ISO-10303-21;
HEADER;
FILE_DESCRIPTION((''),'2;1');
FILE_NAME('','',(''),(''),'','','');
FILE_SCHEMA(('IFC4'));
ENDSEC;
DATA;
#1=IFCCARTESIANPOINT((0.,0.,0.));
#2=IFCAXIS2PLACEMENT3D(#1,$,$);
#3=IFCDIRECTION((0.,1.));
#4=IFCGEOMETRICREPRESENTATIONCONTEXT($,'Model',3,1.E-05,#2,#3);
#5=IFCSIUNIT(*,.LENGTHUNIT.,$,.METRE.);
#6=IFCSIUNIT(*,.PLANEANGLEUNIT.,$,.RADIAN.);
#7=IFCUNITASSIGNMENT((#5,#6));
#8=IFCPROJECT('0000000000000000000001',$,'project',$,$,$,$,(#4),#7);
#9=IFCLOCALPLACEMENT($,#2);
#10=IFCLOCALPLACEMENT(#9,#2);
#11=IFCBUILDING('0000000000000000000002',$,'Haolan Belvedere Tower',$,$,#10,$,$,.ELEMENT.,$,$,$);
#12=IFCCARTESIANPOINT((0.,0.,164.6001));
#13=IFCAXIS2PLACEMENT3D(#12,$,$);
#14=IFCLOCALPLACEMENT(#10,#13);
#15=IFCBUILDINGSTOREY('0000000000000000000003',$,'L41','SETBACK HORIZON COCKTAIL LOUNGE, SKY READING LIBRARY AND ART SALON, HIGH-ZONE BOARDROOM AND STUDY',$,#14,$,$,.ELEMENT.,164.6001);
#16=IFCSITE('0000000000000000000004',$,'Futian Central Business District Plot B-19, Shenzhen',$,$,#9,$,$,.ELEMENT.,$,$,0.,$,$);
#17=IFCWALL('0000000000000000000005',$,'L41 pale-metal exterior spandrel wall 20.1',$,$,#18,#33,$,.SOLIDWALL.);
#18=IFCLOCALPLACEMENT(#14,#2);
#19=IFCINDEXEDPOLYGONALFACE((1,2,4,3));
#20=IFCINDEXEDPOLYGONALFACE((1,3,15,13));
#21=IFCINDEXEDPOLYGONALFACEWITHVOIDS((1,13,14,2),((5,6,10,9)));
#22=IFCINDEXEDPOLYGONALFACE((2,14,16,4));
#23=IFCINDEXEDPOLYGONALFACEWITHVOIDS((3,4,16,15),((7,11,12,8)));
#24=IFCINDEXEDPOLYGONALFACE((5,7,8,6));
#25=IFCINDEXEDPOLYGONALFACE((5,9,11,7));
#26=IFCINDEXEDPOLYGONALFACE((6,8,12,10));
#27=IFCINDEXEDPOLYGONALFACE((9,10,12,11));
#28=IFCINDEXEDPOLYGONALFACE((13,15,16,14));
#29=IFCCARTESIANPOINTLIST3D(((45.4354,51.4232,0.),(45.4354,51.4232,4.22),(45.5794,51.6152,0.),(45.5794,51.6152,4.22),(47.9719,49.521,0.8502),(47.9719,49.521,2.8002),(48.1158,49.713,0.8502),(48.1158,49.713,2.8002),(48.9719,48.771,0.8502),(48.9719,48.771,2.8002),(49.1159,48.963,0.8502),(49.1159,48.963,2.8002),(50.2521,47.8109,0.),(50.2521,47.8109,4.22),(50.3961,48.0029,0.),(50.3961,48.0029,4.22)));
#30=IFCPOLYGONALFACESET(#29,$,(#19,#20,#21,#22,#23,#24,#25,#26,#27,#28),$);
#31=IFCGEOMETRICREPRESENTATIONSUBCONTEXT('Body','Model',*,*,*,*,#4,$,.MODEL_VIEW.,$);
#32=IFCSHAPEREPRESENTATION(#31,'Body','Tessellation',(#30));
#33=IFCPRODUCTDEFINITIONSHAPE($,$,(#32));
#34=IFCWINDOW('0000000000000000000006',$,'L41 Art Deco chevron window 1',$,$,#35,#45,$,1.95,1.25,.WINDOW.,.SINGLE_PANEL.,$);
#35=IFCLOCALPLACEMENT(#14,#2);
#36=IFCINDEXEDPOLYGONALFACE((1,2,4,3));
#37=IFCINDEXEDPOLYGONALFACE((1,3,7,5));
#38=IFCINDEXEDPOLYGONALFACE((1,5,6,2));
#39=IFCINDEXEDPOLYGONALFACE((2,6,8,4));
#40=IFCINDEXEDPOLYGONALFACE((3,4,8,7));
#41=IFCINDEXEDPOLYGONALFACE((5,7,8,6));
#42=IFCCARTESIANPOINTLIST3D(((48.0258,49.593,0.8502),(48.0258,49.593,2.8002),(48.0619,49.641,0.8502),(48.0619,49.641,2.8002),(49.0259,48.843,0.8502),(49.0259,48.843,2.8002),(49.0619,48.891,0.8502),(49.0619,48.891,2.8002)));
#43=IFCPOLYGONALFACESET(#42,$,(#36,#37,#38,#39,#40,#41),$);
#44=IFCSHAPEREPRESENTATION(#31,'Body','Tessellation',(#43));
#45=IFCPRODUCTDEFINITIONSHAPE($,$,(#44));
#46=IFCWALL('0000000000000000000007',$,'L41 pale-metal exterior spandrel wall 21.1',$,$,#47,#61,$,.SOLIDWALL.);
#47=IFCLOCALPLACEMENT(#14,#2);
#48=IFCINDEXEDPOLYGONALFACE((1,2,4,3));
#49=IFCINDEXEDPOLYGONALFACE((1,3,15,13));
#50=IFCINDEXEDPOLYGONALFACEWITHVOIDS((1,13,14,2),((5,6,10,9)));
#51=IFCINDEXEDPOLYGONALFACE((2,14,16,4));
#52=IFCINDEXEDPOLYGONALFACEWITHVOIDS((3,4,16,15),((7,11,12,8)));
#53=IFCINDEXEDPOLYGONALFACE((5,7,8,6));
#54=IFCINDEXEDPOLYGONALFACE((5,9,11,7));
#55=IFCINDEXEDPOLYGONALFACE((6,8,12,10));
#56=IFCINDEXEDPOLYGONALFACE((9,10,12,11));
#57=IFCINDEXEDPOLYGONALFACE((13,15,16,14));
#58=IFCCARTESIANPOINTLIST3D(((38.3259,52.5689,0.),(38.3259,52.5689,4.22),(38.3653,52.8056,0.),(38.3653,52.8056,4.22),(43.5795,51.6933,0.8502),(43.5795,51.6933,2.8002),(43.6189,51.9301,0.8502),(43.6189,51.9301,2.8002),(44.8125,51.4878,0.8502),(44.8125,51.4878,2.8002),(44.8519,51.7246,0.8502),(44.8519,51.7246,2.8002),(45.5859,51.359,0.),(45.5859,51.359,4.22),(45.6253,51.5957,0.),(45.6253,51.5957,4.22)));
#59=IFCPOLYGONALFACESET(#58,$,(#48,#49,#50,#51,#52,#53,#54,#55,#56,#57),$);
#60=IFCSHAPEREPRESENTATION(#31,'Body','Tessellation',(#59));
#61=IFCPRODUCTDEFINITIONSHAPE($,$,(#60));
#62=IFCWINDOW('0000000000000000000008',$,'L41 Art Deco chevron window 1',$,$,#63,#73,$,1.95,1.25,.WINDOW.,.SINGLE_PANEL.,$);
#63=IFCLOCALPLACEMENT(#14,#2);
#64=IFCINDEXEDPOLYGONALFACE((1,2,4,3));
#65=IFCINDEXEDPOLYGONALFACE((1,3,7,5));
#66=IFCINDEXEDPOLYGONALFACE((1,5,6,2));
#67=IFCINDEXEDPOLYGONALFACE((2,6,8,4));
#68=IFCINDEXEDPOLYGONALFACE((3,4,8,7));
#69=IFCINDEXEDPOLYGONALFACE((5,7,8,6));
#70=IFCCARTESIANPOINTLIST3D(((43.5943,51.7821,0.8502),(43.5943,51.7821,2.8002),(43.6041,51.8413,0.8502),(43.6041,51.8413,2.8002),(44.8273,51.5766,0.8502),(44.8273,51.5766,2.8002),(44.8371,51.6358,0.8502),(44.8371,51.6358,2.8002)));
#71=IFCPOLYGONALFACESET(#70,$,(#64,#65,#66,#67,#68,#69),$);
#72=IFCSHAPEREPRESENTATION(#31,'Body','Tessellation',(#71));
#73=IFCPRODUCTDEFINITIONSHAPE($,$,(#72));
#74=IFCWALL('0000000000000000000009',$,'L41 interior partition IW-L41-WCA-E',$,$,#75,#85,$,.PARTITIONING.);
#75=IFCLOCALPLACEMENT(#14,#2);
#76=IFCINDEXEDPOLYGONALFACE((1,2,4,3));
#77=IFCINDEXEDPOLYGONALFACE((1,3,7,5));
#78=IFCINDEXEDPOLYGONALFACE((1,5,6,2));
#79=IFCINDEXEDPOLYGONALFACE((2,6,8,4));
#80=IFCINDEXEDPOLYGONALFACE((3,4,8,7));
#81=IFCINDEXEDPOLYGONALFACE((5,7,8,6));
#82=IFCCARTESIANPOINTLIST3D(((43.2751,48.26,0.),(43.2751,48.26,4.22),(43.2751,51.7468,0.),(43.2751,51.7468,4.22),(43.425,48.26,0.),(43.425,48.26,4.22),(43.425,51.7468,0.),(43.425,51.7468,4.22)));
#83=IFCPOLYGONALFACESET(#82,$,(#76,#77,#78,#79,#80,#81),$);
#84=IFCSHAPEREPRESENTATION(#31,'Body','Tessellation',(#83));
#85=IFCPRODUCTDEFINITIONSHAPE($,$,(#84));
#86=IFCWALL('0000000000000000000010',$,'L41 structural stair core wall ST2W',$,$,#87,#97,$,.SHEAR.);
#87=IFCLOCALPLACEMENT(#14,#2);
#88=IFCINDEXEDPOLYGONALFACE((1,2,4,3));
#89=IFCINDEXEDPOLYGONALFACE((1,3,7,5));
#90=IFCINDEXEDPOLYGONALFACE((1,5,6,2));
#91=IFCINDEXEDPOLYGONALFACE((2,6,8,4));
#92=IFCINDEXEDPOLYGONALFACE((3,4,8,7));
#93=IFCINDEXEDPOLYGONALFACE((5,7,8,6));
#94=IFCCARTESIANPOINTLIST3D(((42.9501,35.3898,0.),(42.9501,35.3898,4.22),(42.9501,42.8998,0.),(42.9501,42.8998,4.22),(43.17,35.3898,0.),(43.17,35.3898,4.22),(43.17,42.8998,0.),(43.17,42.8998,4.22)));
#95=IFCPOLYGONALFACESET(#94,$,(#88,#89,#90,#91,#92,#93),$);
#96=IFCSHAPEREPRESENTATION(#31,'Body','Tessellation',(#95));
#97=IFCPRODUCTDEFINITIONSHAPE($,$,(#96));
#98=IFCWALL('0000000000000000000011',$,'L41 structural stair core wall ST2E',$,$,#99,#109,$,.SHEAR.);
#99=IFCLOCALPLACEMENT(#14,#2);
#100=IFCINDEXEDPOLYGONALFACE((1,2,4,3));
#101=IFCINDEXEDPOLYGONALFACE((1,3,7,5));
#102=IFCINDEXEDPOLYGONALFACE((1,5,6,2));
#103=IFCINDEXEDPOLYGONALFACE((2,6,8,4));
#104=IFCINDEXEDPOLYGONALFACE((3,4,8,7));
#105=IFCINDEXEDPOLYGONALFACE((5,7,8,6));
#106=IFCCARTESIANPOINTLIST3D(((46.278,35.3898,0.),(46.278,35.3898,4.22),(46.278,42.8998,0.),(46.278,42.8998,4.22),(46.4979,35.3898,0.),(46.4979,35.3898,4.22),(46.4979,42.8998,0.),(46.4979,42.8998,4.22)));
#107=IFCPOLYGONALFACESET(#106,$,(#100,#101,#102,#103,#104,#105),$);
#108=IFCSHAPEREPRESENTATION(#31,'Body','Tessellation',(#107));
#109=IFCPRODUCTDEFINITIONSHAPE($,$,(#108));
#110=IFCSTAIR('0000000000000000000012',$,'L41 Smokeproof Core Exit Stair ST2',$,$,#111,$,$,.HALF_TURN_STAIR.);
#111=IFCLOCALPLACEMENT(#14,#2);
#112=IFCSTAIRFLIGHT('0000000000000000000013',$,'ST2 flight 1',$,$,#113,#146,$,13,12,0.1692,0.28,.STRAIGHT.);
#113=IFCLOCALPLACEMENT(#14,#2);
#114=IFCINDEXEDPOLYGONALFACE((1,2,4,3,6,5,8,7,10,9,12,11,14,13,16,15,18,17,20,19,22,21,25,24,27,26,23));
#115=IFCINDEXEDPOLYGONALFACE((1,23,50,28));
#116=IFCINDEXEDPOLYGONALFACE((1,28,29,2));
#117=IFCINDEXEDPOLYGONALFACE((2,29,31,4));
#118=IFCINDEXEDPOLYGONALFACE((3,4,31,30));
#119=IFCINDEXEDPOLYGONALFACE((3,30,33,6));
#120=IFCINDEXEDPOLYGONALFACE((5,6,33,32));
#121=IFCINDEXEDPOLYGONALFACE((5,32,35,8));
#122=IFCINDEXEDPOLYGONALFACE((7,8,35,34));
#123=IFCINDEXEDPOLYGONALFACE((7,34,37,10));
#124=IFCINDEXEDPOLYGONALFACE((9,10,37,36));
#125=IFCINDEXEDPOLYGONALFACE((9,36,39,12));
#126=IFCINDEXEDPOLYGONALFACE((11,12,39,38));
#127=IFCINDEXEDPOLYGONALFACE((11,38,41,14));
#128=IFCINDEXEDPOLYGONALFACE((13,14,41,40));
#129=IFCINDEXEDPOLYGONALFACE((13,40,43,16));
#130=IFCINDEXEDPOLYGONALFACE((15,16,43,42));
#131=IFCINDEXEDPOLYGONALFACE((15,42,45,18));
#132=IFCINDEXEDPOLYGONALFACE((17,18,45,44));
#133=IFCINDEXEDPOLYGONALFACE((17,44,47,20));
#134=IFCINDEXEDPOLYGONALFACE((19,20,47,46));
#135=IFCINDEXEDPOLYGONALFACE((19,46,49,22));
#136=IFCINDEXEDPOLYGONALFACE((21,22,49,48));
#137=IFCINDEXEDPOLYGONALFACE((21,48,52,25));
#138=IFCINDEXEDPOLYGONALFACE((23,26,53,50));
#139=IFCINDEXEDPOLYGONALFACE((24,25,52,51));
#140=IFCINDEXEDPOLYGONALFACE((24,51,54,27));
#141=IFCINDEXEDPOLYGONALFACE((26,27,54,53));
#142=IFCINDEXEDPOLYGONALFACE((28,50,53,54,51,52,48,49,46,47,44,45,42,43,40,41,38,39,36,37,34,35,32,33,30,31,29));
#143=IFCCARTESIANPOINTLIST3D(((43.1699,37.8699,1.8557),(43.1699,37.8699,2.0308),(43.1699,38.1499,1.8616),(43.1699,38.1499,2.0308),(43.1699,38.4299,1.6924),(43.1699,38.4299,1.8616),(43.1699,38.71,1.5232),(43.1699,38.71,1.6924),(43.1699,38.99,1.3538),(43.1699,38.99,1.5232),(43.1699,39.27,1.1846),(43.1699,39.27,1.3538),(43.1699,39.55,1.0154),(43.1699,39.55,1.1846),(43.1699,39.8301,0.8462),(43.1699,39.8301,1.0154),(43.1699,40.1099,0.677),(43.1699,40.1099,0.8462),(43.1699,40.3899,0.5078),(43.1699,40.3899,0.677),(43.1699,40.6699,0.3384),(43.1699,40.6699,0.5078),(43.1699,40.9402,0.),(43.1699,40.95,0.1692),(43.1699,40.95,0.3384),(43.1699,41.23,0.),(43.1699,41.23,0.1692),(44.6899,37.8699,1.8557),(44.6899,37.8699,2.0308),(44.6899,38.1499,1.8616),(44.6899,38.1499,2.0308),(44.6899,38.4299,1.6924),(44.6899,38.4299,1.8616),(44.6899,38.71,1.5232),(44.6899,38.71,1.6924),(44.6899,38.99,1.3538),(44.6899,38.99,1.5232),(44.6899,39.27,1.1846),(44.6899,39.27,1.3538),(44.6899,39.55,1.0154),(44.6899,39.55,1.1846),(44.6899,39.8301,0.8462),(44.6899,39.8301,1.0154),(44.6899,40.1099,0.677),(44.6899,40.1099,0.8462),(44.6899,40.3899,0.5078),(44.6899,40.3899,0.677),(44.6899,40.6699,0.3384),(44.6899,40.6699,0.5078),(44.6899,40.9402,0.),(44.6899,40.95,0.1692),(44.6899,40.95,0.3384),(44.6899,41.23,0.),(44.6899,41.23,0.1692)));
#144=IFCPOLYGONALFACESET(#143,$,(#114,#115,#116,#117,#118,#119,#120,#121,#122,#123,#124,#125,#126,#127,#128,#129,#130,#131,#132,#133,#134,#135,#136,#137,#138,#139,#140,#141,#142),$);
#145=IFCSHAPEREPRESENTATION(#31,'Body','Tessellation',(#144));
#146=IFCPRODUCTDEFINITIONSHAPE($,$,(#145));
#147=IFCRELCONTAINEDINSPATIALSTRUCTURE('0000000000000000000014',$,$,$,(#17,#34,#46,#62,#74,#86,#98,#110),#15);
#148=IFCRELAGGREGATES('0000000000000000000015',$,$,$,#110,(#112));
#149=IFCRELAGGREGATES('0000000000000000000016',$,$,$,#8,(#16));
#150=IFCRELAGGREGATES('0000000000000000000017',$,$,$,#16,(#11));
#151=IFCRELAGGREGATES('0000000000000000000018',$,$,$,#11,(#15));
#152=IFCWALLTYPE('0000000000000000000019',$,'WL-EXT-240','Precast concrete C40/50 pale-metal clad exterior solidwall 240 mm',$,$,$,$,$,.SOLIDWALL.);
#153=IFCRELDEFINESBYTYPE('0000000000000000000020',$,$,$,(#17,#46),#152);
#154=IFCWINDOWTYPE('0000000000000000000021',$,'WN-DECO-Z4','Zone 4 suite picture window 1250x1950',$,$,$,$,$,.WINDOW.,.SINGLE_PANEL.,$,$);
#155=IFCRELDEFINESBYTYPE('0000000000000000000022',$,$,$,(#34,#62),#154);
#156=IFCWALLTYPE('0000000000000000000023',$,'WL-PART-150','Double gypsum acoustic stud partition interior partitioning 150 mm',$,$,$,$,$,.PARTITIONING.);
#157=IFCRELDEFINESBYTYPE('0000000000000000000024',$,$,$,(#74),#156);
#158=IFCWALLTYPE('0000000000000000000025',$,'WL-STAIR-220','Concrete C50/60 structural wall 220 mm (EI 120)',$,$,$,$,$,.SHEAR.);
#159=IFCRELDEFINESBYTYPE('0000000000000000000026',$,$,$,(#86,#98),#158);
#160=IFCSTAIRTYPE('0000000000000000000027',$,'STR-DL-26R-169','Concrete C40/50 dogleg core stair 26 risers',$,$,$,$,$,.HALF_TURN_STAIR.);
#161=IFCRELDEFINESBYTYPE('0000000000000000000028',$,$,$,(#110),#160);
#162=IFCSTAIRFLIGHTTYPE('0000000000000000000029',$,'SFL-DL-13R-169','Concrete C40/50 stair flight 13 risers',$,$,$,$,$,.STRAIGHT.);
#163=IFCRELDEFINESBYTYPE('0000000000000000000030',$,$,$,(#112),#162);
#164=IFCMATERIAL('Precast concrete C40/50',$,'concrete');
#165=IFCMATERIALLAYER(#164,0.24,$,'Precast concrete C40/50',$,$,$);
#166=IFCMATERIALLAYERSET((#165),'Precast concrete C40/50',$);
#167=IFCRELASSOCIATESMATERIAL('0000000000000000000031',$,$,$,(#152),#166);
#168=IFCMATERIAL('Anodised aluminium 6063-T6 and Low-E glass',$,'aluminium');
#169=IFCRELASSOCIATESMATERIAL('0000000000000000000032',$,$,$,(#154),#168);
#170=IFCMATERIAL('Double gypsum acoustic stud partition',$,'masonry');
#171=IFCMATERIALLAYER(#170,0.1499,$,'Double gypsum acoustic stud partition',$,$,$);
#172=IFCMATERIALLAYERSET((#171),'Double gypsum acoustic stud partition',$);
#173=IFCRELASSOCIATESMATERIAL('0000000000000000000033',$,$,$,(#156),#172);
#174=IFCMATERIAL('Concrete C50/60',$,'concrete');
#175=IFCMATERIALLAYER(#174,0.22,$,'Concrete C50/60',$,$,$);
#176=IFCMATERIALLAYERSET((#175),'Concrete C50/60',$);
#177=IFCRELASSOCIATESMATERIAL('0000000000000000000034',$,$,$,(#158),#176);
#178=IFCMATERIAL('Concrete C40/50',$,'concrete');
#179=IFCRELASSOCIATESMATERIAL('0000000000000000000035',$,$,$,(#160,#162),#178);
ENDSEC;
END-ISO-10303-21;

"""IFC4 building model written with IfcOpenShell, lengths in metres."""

from ifc_helpers import new_model, si_unit, direction, frame, frame_2d, origin, place, context, subcontext, project, spatial, polyline, rectangle, outline, extrude, material, layer, layer_set, type_object, element, fill, aggregate, save


model = new_model("IFC4")

# Units and contexts
model_context = context("Model", 3, precision=1e-05, world=origin(), true_north=direction((0.0, 1.0)))
body_context = subcontext(model_context, "Body", "Model", "MODEL_VIEW")
ifc_project = project(units=[si_unit("LENGTHUNIT", "METRE"), si_unit("PLANEANGLEUNIT", "RADIAN")], contexts=[model_context])

# Site, building, storey
site_placement = place(None, origin())
site = spatial("IfcSite", under=ifc_project, at=site_placement, Name="Futian Central Business District Plot B-19, Shenzhen", CompositionType="ELEMENT", RefElevation=0.0)
building_placement = place(site_placement, origin())
building = spatial("IfcBuilding", under=site, at=building_placement, Name="Haolan Belvedere Tower", CompositionType="ELEMENT")
storey_placement = place(building_placement, frame((0.0, 0.0, 164.6001)))
storey = spatial("IfcBuildingStorey", under=building, at=storey_placement, Name="L41", Description="SETBACK HORIZON COCKTAIL LOUNGE, SKY READING LIBRARY AND ART SALON, HIGH-ZONE BOARDROOM AND STUDY", CompositionType="ELEMENT", Elevation=164.6001)

# Shared definitions
ifc_material_1 = material(Name="Concrete C50/60", Category="concrete")

# Shared definitions
ifc_material_2 = material(Name="Precast concrete C40/50", Category="concrete")
ifc_layer_1 = layer(ifc_material_2, 0.24, Name="Precast concrete C40/50")
ifc_layer_set_1 = layer_set([ifc_layer_1], Name="Precast concrete C40/50")
wall_type_1 = type_object("IfcWallType", Name="WL-EXT-240", Description="Precast concrete C40/50 pale-metal clad exterior solidwall 240 mm", PredefinedType="SOLIDWALL", material=ifc_layer_set_1)

# Walls, openings, windows
wall_1_placement = place(storey_placement, frame((50.324, 47.907, 0.0), z_axis=(0.0, 0.0, 1.0), x_axis=(-0.800015, 0.599981, 0.0)))
wall_1 = element("IfcWall", 1, at=wall_1_placement, inside=storey, type_object=wall_type_1, Name="L41 pale-metal exterior spandrel wall 20.1", PredefinedType="SOLIDWALL", context=body_context, shape_type="SweptSolid", body=[
    extrude(rectangle(XDim=6.0208, YDim=0.24, at=frame_2d((3.0103, 0.0))), origin(), (0.0, 0.0, 1.0), 4.22),
])
opening_1_placement = place(wall_1_placement, frame((1.6001, 0.0, 0.8501)))
opening_1 = element("IfcOpeningElement", 2, at=opening_1_placement, cuts=wall_1, PredefinedType="OPENING", context=body_context, shape_type="SweptSolid", body=[
    extrude(rectangle(XDim=1.25, YDim=1.95, at=frame_2d((0.625, 0.9751))), frame((0.0, 0.1299, 0.0), z_axis=(0.0, -1.0, 0.0), x_axis=(1.0, 0.0, 0.0)), (0.0, 0.0, 1.0), 0.26),
])
ifc_material_3 = material(Name="Anodised aluminium 6063-T6 and Low-E glass", Category="aluminium")
window_type = type_object("IfcWindowType", Name="WN-DECO-Z4", Description="Zone 4 suite picture window 1250x1950", PartitioningType="SINGLE_PANEL", PredefinedType="WINDOW", material=ifc_material_3)
window_1_placement = place(opening_1_placement, origin())
window_1 = element("IfcWindow", 3, at=window_1_placement, inside=storey, type_object=window_type, Name="L41 Art Deco chevron window 1", OverallHeight=1.95, OverallWidth=1.25, PartitioningType="SINGLE_PANEL", PredefinedType="WINDOW", context=body_context, shape_type="SweptSolid", body=[
    extrude(rectangle(XDim=1.25, YDim=1.95, at=frame_2d((0.625, 0.9751))), frame((0.0, 0.03, 0.0), z_axis=(0.0, -1.0, 0.0), x_axis=(1.0, 0.0, 0.0)), (0.0, 0.0, 1.0), 0.0601),
])
fill(opening_1, window_1)
wall_2_placement = place(storey_placement, frame((45.6057, 51.4773, 0.0), z_axis=(0.0, 0.0, 1.0), x_axis=(-0.986395, 0.164394, 0.0)))
wall_2 = element("IfcWall", 4, at=wall_2_placement, inside=storey, type_object=wall_type_1, Name="L41 pale-metal exterior spandrel wall 21.1", PredefinedType="SOLIDWALL", context=body_context, shape_type="SweptSolid", body=[
    extrude(rectangle(XDim=7.3601, YDim=0.24, at=frame_2d((3.6802, 0.0))), origin(), (0.0, 0.0, 1.0), 4.22),
])
opening_2_placement = place(wall_2_placement, frame((0.7842, 0.0, 0.8501)))
opening_2 = element("IfcOpeningElement", 5, at=opening_2_placement, cuts=wall_2, PredefinedType="OPENING", context=body_context, shape_type="SweptSolid", body=[
    extrude(rectangle(XDim=1.25, YDim=1.95, at=frame_2d((0.625, 0.9751))), frame((0.0, 0.1299, 0.0), z_axis=(0.0, -1.0, 0.0), x_axis=(1.0, 0.0, 0.0)), (0.0, 0.0, 1.0), 0.26),
])
window_2_placement = place(opening_2_placement, origin())
window_2 = element("IfcWindow", 6, at=window_2_placement, inside=storey, type_object=window_type, Name="L41 Art Deco chevron window 1", OverallHeight=1.95, OverallWidth=1.25, PartitioningType="SINGLE_PANEL", PredefinedType="WINDOW", context=body_context, shape_type="SweptSolid", body=[
    extrude(rectangle(XDim=1.25, YDim=1.95, at=frame_2d((0.625, 0.9751))), frame((0.0, 0.03, 0.0), z_axis=(0.0, -1.0, 0.0), x_axis=(1.0, 0.0, 0.0)), (0.0, 0.0, 1.0), 0.0601),
])
fill(opening_2, window_2)

# Shared definitions
ifc_material_4 = material(Name="Concrete C40/50", Category="concrete")

# Walls
ifc_material_5 = material(Name="Double gypsum acoustic stud partition", Category="masonry")
ifc_layer_2 = layer(ifc_material_5, 0.1499, Name="Double gypsum acoustic stud partition")
ifc_layer_set_2 = layer_set([ifc_layer_2], Name="Double gypsum acoustic stud partition")
wall_type_2 = type_object("IfcWallType", Name="WL-PART-150", Description="Double gypsum acoustic stud partition interior partitioning 150 mm", PredefinedType="PARTITIONING", material=ifc_layer_set_2)
wall_3_placement = place(storey_placement, frame((43.3501, 48.26, 0.0), z_axis=(0.0, 0.0, 1.0), x_axis=(0.0, 1.0, 0.0)))
element("IfcWall", 7, at=wall_3_placement, inside=storey, type_object=wall_type_2, Name="L41 interior partition IW-L41-WCA-E", PredefinedType="PARTITIONING", context=body_context, shape_type="SweptSolid", body=[
    extrude(rectangle(XDim=3.4868, YDim=0.1499, at=frame_2d((1.7434, 0.0))), origin(), (0.0, 0.0, 1.0), 4.22),
])
ifc_layer_3 = layer(ifc_material_1, 0.22, Name="Concrete C50/60")
ifc_layer_set_3 = layer_set([ifc_layer_3], Name="Concrete C50/60")
wall_type_3 = type_object("IfcWallType", Name="WL-STAIR-220", Description="Concrete C50/60 structural wall 220 mm (EI 120)", PredefinedType="SHEAR", material=ifc_layer_set_3)
for number, where, z_axis, x_axis, name in (
    (8, (43.0601, 35.3899, 0.0), (0.0, 0.0, 1.0), (0.0, 1.0, 0.0), "L41 structural stair core wall ST2W"),
    (9, (46.3879, 35.3899, 0.0), (0.0, 0.0, 1.0), (0.0, 1.0, 0.0), "L41 structural stair core wall ST2E"),
):
    element("IfcWall", number, at=place(storey_placement, frame(where, z_axis=z_axis, x_axis=x_axis)), inside=storey, type_object=wall_type_3, Name=name, PredefinedType="SHEAR", context=body_context, shape_type="SweptSolid", body=[
        extrude(rectangle(XDim=7.51, YDim=0.22, at=frame_2d((3.7549, 0.0))), origin(), (0.0, 0.0, 1.0), 4.22),
    ])

# Stair, stair flight
stair_type = type_object("IfcStairType", Name="STR-DL-26R-169", Description="Concrete C40/50 dogleg core stair 26 risers", PredefinedType="HALF_TURN_STAIR", material=ifc_material_4)
stair_placement = place(storey_placement, origin())
stair = element("IfcStair", 10, at=stair_placement, inside=storey, type_object=stair_type, Name="L41 Smokeproof Core Exit Stair ST2", PredefinedType="HALF_TURN_STAIR")
stair_flight_type = type_object("IfcStairFlightType", Name="SFL-DL-13R-169", Description="Concrete C40/50 stair flight 13 risers", PredefinedType="STRAIGHT", material=ifc_material_4)
stair_flight_1_placement = place(storey_placement, frame((43.9299, 41.23, 0.0), z_axis=(0.0, 0.0, 1.0), x_axis=(0.0, -1.0, 0.0)))
stair_flight_1 = element("IfcStairFlight", 11, at=stair_flight_1_placement, type_object=stair_flight_type, Name="ST2 flight 1", NumberOfRisers=13, NumberOfTreads=12, PredefinedType="STRAIGHT", RiserHeight=0.1692, TreadLength=0.28, context=body_context, shape_type="SweptSolid", body=[
    extrude(outline(polyline([(0.0, 0.0), (0.0, 0.1692), (0.28, 0.1692), (0.28, 0.3384), (0.5601, 0.3384), (0.5601, 0.5078), (0.8401, 0.5078), (0.8401, 0.677), (1.1201, 0.677), (1.1201, 0.8462), (1.3999, 0.8462), (1.3999, 1.0154), (1.6799, 1.0154), (1.6799, 1.1846), (1.96, 1.1846), (1.96, 1.3538), (2.24, 1.3538), (2.24, 1.5232), (2.52, 1.5232), (2.52, 1.6924), (2.8, 1.6924), (2.8, 1.8616), (3.0801, 1.8616), (3.0801, 2.0308), (3.3601, 2.0308), (3.3601, 2.2), (3.3601, 1.8557), (0.2898, 0.0), (0.0, 0.0)])), frame((0.0, 0.76, 0.0), z_axis=(0.0, -1.0, 0.0), x_axis=(1.0, 0.0, 0.0)), (0.0, 0.0, 1.0), 1.52),
])
aggregate(stair, [stair_flight_1])

save(model, "model.ifc")
